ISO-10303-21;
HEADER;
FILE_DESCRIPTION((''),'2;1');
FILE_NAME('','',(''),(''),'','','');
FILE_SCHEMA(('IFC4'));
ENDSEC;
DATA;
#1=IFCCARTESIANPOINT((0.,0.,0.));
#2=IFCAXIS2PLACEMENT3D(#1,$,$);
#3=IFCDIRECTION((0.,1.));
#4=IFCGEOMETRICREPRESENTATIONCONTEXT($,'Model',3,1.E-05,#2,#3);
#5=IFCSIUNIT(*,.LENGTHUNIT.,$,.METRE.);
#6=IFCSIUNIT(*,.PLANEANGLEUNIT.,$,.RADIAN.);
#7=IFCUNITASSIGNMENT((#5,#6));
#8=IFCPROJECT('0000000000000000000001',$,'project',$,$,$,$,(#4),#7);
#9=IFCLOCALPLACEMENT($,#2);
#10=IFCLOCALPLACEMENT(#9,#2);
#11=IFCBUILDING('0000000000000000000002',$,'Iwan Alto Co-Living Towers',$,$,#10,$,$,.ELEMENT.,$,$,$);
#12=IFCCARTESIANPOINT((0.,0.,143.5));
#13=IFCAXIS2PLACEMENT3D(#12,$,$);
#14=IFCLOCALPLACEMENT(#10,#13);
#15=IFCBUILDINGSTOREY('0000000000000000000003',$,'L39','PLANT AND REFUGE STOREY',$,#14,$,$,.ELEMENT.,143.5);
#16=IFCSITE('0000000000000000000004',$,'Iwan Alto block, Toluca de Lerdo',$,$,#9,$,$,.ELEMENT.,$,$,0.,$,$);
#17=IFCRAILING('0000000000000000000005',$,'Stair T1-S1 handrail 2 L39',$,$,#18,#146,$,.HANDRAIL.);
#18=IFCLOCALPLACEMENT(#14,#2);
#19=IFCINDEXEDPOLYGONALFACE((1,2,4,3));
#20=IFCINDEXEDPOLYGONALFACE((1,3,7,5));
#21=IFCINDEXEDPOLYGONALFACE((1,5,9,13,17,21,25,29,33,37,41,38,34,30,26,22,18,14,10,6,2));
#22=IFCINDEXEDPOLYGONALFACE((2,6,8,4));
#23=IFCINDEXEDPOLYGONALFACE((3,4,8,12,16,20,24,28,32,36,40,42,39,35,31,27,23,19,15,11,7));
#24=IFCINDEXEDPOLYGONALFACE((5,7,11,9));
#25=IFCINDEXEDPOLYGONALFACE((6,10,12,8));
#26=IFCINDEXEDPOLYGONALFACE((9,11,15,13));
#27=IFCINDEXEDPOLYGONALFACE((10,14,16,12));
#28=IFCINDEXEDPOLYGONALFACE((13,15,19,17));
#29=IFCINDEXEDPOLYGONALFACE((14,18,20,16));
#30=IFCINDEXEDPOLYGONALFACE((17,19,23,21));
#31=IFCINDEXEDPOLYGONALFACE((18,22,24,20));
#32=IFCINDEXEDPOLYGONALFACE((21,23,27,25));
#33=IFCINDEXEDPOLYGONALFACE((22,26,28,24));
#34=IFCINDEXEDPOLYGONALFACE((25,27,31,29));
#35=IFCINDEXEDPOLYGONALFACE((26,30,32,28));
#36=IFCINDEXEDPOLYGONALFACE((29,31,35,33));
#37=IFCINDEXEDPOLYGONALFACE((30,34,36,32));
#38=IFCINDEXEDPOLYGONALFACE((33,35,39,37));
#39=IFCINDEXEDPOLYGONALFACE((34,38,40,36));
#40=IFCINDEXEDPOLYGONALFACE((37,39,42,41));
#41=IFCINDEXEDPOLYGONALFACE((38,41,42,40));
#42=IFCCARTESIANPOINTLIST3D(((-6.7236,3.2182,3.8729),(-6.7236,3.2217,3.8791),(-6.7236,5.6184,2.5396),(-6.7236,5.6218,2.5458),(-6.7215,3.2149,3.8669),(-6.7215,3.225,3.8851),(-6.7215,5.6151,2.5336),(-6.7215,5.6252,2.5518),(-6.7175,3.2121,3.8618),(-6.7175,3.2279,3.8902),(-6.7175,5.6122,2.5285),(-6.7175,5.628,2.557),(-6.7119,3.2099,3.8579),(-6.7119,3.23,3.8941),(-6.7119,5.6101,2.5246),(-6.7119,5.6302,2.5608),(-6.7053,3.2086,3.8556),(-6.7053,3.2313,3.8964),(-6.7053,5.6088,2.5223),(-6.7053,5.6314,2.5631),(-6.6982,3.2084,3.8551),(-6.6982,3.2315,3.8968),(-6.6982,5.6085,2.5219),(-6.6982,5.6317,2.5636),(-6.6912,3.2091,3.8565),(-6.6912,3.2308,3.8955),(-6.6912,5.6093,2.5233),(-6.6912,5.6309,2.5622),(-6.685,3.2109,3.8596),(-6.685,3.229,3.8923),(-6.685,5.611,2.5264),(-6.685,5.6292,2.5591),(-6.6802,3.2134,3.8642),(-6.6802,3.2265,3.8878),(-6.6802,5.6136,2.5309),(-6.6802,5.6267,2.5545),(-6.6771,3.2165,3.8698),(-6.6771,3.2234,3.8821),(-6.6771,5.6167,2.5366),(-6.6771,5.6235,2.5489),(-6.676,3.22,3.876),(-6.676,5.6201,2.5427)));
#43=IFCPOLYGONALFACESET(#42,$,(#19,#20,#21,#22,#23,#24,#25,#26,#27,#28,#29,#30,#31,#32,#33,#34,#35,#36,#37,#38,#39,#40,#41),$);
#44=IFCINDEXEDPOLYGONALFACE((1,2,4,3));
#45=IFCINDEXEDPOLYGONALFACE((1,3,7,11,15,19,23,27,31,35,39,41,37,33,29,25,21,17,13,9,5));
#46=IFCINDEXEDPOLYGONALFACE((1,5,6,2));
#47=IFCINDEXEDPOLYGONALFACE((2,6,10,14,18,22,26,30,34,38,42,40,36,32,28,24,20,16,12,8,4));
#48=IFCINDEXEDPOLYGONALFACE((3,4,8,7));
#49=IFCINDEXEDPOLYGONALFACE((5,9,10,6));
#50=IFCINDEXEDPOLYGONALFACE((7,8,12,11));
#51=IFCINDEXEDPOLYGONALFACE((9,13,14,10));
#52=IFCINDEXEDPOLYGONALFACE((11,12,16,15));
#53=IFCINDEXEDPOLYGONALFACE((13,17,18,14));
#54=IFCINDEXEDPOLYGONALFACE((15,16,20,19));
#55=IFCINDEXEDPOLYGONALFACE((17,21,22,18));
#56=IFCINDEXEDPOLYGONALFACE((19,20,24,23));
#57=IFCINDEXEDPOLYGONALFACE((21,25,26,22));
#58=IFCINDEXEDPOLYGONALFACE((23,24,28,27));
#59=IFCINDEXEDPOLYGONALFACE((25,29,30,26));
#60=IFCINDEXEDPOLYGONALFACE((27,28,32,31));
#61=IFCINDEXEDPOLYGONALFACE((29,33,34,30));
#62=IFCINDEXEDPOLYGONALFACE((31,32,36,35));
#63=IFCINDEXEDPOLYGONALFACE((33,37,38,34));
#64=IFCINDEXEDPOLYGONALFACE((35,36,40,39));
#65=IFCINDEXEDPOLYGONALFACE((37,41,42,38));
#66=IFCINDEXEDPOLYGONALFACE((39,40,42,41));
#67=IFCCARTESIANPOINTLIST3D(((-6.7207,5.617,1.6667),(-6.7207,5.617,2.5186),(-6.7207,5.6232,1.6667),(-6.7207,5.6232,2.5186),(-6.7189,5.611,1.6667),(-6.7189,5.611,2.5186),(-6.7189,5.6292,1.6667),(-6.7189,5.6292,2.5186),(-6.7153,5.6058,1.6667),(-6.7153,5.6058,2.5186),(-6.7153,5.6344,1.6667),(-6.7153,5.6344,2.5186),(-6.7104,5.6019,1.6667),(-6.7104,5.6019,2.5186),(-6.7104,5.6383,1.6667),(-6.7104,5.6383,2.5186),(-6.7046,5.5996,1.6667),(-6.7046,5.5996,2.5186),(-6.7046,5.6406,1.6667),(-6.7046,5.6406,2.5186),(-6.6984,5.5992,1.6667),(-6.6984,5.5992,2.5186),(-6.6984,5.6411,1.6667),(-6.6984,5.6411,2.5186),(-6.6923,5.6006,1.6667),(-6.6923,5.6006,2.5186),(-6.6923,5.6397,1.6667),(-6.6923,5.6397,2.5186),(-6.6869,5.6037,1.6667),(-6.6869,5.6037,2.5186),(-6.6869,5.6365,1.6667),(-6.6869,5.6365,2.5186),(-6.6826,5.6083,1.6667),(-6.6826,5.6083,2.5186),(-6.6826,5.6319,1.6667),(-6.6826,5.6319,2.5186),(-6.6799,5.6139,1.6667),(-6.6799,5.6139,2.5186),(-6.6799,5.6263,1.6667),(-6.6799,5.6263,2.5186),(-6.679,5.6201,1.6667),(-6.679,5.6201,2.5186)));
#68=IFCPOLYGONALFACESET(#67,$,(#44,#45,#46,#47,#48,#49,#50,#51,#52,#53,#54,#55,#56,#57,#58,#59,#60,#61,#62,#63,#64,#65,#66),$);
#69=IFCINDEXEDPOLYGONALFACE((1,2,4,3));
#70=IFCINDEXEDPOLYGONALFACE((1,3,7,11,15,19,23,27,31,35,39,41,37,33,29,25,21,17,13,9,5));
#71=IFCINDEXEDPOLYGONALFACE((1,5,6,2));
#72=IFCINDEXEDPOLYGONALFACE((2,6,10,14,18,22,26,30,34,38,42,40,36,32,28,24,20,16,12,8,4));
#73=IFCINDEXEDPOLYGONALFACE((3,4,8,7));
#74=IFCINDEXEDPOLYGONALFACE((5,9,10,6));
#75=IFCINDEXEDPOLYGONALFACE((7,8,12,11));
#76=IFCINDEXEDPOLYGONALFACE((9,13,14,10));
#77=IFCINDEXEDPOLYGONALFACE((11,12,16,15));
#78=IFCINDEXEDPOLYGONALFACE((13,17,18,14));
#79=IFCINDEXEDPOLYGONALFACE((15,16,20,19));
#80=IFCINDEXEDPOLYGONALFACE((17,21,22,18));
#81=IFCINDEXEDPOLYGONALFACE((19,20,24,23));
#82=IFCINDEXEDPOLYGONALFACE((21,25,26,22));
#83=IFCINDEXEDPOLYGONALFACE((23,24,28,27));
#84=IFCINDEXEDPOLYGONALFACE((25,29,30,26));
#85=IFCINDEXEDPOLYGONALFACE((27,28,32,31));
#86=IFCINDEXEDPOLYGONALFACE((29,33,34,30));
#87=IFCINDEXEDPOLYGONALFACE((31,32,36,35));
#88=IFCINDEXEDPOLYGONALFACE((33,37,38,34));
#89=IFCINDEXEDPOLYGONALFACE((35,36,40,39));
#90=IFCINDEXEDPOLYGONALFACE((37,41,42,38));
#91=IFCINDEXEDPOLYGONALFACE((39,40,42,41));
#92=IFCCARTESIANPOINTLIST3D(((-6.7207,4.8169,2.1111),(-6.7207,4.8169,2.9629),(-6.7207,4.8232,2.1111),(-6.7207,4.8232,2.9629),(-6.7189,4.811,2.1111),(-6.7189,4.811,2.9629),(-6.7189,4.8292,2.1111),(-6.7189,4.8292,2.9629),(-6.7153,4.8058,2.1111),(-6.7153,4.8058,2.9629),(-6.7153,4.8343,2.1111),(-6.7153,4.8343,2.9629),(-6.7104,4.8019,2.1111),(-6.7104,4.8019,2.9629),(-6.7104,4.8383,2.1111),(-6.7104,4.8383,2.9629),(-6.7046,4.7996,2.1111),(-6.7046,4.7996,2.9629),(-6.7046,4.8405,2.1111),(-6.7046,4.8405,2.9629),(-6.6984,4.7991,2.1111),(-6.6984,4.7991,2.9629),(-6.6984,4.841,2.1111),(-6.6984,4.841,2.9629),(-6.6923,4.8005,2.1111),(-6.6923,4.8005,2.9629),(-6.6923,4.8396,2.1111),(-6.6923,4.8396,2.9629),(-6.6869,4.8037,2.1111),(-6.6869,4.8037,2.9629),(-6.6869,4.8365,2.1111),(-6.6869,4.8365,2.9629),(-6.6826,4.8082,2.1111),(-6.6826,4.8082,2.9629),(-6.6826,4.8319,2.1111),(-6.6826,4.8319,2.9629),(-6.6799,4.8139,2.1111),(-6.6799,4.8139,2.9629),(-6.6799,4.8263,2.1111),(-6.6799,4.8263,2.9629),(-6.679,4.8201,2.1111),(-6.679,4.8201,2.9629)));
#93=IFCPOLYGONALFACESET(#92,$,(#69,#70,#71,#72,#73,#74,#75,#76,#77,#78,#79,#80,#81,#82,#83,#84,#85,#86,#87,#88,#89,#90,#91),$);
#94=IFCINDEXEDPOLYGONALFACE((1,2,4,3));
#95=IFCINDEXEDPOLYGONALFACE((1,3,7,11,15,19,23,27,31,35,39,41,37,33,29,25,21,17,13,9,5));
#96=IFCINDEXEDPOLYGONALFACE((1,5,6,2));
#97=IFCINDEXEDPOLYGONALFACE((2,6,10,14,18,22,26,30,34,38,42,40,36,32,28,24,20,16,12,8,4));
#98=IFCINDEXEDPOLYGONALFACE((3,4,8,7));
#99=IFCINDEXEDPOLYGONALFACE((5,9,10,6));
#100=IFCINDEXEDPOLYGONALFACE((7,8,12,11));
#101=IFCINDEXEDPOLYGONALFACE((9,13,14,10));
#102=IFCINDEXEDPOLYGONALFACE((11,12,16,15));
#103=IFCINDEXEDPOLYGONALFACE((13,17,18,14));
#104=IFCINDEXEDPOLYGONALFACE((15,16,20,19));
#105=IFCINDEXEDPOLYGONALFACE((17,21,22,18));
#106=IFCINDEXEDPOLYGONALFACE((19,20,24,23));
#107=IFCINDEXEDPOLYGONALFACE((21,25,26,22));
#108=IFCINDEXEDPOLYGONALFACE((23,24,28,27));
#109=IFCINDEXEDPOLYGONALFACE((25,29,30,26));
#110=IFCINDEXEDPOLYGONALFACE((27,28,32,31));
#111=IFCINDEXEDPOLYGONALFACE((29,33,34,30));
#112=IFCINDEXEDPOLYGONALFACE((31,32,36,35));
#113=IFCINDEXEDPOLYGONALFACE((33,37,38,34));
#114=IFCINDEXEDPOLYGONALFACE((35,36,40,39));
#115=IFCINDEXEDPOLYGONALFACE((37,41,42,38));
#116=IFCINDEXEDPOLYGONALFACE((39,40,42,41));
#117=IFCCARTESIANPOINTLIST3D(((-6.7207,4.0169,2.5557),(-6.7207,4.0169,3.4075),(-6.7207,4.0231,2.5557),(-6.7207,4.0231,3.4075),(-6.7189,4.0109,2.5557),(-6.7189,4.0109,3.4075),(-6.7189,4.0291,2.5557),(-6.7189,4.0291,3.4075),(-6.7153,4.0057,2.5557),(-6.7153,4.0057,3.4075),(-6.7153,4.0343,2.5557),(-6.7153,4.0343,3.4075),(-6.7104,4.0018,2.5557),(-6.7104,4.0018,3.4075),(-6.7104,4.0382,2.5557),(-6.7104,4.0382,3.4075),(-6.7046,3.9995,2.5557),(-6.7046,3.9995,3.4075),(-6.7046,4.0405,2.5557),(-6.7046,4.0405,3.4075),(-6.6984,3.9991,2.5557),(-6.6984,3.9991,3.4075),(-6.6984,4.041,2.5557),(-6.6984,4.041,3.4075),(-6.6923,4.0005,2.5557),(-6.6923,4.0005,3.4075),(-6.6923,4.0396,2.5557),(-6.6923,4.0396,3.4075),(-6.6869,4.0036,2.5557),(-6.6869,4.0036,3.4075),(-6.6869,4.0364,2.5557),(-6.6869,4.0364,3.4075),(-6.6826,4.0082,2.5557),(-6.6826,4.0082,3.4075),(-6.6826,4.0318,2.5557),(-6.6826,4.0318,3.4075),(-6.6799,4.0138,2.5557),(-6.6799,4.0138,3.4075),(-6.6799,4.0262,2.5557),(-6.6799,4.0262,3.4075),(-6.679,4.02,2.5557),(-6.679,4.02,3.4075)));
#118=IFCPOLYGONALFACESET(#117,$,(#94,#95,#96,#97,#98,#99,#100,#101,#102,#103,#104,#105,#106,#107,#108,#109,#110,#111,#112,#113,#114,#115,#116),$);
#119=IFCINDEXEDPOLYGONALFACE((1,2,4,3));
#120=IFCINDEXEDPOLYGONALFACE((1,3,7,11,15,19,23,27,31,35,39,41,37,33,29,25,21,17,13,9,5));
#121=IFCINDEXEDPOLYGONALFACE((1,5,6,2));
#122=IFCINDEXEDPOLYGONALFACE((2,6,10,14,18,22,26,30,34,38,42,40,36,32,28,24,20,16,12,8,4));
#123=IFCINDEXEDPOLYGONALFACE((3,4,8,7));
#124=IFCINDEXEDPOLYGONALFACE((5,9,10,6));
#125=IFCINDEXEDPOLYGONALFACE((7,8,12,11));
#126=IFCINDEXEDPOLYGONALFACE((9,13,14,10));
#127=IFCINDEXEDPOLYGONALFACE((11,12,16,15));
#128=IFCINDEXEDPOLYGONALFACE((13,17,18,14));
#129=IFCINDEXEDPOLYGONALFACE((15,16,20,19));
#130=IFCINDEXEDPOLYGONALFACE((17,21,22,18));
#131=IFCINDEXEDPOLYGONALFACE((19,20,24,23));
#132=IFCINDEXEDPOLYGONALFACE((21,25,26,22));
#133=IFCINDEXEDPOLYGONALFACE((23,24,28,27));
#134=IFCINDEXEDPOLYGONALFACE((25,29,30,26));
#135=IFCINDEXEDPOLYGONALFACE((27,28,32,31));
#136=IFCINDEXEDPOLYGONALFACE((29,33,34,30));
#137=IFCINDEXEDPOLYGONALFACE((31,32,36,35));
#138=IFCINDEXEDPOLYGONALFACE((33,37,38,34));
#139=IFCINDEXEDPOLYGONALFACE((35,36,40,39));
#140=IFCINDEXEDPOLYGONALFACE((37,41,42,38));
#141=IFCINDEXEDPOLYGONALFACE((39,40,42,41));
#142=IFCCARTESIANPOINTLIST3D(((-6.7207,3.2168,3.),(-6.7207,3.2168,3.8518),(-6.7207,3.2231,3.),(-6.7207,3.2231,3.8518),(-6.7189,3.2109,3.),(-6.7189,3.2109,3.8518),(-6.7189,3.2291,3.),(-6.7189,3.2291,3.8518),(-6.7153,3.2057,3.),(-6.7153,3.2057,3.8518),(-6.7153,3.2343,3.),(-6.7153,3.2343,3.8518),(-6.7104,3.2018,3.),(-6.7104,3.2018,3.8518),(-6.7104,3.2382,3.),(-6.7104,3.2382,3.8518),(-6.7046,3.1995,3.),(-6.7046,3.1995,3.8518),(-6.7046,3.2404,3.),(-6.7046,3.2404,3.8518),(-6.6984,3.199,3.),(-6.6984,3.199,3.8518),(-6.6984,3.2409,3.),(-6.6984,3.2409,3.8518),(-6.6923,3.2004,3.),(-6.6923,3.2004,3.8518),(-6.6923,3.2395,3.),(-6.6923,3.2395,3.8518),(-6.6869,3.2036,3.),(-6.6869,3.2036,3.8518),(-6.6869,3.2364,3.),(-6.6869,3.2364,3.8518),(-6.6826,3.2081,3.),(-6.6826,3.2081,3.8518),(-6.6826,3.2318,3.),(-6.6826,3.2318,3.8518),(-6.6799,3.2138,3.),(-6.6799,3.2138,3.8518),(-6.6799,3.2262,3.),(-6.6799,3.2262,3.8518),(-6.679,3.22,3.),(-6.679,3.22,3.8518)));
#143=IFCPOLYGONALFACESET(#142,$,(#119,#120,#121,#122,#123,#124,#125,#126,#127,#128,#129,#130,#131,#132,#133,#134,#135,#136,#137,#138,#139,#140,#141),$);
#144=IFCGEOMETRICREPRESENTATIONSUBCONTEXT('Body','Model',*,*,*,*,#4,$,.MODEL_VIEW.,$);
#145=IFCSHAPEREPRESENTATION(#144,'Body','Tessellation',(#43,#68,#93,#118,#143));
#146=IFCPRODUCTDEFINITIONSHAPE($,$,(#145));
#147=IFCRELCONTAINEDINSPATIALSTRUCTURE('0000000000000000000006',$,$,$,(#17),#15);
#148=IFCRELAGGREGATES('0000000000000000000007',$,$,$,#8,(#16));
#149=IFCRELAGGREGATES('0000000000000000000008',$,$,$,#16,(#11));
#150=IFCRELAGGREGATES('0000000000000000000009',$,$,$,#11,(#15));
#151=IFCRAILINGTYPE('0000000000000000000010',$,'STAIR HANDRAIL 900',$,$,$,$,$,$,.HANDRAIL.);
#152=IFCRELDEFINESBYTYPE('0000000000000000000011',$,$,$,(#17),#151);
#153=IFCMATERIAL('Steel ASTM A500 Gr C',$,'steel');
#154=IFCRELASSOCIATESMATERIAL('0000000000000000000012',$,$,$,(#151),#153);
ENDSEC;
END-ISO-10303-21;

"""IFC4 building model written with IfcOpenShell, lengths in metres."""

from ifc_helpers import new_model, si_unit, direction, frame, origin, origin_2d, place, context, subcontext, project, spatial, circle, extrude, material, type_object, element, save


model = new_model("IFC4")

# Units and contexts
model_context = context("Model", 3, precision=1e-05, world=origin(), true_north=direction((0.0, 1.0)))
body_context = subcontext(model_context, "Body", "Model", "MODEL_VIEW")
ifc_project = project(units=[si_unit("LENGTHUNIT", "METRE"), si_unit("PLANEANGLEUNIT", "RADIAN")], contexts=[model_context])

# Site, building, storey
site_placement = place(None, origin())
site = spatial("IfcSite", under=ifc_project, at=site_placement, Name="Iwan Alto block, Toluca de Lerdo", CompositionType="ELEMENT", RefElevation=0.0)
building_placement = place(site_placement, origin())
building = spatial("IfcBuilding", under=site, at=building_placement, Name="Iwan Alto Co-Living Towers", CompositionType="ELEMENT")
storey_placement = place(building_placement, frame((0.0, 0.0, 143.5)))
storey = spatial("IfcBuildingStorey", under=building, at=storey_placement, Name="L39", Description="PLANT AND REFUGE STOREY", CompositionType="ELEMENT", Elevation=143.5)

# Railing
ifc_material_1 = material(Name="Steel ASTM A500 Gr C", Category="steel")
railing_type_1 = type_object("IfcRailingType", Name="STAIR HANDRAIL 900", PredefinedType="HANDRAIL", material=ifc_material_1)
railing_1_placement = place(storey_placement, frame((-6.7, 5.6201, 1.6667)))
element("IfcRailing", 1, at=railing_1_placement, inside=storey, type_object=railing_type_1, Name="Stair T1-S1 handrail 2 L39", PredefinedType="HANDRAIL", context=body_context, shape_type="SweptSolid", body=[
    extrude(circle(Radius=0.0239, at=origin_2d()), frame((0.0, 0.0, 0.876), z_axis=(0.0, -0.874182, 0.485598), x_axis=(1.0, 0.0, 0.0)), (0.0, 0.0, 1.0), 2.7456),
    extrude(circle(Radius=0.021, at=origin_2d()), origin(), (0.0, 0.0, 1.0), 0.8518),
    extrude(circle(Radius=0.021, at=origin_2d()), frame((0.0, -0.8, 0.4443)), (0.0, 0.0, 1.0), 0.8518),
    extrude(circle(Radius=0.021, at=origin_2d()), frame((0.0, -1.6001, 0.8889)), (0.0, 0.0, 1.0), 0.8518),
    extrude(circle(Radius=0.021, at=origin_2d()), frame((0.0, -2.4001, 1.3333)), (0.0, 0.0, 1.0), 0.8518),
])

save(model, "model.ifc")
